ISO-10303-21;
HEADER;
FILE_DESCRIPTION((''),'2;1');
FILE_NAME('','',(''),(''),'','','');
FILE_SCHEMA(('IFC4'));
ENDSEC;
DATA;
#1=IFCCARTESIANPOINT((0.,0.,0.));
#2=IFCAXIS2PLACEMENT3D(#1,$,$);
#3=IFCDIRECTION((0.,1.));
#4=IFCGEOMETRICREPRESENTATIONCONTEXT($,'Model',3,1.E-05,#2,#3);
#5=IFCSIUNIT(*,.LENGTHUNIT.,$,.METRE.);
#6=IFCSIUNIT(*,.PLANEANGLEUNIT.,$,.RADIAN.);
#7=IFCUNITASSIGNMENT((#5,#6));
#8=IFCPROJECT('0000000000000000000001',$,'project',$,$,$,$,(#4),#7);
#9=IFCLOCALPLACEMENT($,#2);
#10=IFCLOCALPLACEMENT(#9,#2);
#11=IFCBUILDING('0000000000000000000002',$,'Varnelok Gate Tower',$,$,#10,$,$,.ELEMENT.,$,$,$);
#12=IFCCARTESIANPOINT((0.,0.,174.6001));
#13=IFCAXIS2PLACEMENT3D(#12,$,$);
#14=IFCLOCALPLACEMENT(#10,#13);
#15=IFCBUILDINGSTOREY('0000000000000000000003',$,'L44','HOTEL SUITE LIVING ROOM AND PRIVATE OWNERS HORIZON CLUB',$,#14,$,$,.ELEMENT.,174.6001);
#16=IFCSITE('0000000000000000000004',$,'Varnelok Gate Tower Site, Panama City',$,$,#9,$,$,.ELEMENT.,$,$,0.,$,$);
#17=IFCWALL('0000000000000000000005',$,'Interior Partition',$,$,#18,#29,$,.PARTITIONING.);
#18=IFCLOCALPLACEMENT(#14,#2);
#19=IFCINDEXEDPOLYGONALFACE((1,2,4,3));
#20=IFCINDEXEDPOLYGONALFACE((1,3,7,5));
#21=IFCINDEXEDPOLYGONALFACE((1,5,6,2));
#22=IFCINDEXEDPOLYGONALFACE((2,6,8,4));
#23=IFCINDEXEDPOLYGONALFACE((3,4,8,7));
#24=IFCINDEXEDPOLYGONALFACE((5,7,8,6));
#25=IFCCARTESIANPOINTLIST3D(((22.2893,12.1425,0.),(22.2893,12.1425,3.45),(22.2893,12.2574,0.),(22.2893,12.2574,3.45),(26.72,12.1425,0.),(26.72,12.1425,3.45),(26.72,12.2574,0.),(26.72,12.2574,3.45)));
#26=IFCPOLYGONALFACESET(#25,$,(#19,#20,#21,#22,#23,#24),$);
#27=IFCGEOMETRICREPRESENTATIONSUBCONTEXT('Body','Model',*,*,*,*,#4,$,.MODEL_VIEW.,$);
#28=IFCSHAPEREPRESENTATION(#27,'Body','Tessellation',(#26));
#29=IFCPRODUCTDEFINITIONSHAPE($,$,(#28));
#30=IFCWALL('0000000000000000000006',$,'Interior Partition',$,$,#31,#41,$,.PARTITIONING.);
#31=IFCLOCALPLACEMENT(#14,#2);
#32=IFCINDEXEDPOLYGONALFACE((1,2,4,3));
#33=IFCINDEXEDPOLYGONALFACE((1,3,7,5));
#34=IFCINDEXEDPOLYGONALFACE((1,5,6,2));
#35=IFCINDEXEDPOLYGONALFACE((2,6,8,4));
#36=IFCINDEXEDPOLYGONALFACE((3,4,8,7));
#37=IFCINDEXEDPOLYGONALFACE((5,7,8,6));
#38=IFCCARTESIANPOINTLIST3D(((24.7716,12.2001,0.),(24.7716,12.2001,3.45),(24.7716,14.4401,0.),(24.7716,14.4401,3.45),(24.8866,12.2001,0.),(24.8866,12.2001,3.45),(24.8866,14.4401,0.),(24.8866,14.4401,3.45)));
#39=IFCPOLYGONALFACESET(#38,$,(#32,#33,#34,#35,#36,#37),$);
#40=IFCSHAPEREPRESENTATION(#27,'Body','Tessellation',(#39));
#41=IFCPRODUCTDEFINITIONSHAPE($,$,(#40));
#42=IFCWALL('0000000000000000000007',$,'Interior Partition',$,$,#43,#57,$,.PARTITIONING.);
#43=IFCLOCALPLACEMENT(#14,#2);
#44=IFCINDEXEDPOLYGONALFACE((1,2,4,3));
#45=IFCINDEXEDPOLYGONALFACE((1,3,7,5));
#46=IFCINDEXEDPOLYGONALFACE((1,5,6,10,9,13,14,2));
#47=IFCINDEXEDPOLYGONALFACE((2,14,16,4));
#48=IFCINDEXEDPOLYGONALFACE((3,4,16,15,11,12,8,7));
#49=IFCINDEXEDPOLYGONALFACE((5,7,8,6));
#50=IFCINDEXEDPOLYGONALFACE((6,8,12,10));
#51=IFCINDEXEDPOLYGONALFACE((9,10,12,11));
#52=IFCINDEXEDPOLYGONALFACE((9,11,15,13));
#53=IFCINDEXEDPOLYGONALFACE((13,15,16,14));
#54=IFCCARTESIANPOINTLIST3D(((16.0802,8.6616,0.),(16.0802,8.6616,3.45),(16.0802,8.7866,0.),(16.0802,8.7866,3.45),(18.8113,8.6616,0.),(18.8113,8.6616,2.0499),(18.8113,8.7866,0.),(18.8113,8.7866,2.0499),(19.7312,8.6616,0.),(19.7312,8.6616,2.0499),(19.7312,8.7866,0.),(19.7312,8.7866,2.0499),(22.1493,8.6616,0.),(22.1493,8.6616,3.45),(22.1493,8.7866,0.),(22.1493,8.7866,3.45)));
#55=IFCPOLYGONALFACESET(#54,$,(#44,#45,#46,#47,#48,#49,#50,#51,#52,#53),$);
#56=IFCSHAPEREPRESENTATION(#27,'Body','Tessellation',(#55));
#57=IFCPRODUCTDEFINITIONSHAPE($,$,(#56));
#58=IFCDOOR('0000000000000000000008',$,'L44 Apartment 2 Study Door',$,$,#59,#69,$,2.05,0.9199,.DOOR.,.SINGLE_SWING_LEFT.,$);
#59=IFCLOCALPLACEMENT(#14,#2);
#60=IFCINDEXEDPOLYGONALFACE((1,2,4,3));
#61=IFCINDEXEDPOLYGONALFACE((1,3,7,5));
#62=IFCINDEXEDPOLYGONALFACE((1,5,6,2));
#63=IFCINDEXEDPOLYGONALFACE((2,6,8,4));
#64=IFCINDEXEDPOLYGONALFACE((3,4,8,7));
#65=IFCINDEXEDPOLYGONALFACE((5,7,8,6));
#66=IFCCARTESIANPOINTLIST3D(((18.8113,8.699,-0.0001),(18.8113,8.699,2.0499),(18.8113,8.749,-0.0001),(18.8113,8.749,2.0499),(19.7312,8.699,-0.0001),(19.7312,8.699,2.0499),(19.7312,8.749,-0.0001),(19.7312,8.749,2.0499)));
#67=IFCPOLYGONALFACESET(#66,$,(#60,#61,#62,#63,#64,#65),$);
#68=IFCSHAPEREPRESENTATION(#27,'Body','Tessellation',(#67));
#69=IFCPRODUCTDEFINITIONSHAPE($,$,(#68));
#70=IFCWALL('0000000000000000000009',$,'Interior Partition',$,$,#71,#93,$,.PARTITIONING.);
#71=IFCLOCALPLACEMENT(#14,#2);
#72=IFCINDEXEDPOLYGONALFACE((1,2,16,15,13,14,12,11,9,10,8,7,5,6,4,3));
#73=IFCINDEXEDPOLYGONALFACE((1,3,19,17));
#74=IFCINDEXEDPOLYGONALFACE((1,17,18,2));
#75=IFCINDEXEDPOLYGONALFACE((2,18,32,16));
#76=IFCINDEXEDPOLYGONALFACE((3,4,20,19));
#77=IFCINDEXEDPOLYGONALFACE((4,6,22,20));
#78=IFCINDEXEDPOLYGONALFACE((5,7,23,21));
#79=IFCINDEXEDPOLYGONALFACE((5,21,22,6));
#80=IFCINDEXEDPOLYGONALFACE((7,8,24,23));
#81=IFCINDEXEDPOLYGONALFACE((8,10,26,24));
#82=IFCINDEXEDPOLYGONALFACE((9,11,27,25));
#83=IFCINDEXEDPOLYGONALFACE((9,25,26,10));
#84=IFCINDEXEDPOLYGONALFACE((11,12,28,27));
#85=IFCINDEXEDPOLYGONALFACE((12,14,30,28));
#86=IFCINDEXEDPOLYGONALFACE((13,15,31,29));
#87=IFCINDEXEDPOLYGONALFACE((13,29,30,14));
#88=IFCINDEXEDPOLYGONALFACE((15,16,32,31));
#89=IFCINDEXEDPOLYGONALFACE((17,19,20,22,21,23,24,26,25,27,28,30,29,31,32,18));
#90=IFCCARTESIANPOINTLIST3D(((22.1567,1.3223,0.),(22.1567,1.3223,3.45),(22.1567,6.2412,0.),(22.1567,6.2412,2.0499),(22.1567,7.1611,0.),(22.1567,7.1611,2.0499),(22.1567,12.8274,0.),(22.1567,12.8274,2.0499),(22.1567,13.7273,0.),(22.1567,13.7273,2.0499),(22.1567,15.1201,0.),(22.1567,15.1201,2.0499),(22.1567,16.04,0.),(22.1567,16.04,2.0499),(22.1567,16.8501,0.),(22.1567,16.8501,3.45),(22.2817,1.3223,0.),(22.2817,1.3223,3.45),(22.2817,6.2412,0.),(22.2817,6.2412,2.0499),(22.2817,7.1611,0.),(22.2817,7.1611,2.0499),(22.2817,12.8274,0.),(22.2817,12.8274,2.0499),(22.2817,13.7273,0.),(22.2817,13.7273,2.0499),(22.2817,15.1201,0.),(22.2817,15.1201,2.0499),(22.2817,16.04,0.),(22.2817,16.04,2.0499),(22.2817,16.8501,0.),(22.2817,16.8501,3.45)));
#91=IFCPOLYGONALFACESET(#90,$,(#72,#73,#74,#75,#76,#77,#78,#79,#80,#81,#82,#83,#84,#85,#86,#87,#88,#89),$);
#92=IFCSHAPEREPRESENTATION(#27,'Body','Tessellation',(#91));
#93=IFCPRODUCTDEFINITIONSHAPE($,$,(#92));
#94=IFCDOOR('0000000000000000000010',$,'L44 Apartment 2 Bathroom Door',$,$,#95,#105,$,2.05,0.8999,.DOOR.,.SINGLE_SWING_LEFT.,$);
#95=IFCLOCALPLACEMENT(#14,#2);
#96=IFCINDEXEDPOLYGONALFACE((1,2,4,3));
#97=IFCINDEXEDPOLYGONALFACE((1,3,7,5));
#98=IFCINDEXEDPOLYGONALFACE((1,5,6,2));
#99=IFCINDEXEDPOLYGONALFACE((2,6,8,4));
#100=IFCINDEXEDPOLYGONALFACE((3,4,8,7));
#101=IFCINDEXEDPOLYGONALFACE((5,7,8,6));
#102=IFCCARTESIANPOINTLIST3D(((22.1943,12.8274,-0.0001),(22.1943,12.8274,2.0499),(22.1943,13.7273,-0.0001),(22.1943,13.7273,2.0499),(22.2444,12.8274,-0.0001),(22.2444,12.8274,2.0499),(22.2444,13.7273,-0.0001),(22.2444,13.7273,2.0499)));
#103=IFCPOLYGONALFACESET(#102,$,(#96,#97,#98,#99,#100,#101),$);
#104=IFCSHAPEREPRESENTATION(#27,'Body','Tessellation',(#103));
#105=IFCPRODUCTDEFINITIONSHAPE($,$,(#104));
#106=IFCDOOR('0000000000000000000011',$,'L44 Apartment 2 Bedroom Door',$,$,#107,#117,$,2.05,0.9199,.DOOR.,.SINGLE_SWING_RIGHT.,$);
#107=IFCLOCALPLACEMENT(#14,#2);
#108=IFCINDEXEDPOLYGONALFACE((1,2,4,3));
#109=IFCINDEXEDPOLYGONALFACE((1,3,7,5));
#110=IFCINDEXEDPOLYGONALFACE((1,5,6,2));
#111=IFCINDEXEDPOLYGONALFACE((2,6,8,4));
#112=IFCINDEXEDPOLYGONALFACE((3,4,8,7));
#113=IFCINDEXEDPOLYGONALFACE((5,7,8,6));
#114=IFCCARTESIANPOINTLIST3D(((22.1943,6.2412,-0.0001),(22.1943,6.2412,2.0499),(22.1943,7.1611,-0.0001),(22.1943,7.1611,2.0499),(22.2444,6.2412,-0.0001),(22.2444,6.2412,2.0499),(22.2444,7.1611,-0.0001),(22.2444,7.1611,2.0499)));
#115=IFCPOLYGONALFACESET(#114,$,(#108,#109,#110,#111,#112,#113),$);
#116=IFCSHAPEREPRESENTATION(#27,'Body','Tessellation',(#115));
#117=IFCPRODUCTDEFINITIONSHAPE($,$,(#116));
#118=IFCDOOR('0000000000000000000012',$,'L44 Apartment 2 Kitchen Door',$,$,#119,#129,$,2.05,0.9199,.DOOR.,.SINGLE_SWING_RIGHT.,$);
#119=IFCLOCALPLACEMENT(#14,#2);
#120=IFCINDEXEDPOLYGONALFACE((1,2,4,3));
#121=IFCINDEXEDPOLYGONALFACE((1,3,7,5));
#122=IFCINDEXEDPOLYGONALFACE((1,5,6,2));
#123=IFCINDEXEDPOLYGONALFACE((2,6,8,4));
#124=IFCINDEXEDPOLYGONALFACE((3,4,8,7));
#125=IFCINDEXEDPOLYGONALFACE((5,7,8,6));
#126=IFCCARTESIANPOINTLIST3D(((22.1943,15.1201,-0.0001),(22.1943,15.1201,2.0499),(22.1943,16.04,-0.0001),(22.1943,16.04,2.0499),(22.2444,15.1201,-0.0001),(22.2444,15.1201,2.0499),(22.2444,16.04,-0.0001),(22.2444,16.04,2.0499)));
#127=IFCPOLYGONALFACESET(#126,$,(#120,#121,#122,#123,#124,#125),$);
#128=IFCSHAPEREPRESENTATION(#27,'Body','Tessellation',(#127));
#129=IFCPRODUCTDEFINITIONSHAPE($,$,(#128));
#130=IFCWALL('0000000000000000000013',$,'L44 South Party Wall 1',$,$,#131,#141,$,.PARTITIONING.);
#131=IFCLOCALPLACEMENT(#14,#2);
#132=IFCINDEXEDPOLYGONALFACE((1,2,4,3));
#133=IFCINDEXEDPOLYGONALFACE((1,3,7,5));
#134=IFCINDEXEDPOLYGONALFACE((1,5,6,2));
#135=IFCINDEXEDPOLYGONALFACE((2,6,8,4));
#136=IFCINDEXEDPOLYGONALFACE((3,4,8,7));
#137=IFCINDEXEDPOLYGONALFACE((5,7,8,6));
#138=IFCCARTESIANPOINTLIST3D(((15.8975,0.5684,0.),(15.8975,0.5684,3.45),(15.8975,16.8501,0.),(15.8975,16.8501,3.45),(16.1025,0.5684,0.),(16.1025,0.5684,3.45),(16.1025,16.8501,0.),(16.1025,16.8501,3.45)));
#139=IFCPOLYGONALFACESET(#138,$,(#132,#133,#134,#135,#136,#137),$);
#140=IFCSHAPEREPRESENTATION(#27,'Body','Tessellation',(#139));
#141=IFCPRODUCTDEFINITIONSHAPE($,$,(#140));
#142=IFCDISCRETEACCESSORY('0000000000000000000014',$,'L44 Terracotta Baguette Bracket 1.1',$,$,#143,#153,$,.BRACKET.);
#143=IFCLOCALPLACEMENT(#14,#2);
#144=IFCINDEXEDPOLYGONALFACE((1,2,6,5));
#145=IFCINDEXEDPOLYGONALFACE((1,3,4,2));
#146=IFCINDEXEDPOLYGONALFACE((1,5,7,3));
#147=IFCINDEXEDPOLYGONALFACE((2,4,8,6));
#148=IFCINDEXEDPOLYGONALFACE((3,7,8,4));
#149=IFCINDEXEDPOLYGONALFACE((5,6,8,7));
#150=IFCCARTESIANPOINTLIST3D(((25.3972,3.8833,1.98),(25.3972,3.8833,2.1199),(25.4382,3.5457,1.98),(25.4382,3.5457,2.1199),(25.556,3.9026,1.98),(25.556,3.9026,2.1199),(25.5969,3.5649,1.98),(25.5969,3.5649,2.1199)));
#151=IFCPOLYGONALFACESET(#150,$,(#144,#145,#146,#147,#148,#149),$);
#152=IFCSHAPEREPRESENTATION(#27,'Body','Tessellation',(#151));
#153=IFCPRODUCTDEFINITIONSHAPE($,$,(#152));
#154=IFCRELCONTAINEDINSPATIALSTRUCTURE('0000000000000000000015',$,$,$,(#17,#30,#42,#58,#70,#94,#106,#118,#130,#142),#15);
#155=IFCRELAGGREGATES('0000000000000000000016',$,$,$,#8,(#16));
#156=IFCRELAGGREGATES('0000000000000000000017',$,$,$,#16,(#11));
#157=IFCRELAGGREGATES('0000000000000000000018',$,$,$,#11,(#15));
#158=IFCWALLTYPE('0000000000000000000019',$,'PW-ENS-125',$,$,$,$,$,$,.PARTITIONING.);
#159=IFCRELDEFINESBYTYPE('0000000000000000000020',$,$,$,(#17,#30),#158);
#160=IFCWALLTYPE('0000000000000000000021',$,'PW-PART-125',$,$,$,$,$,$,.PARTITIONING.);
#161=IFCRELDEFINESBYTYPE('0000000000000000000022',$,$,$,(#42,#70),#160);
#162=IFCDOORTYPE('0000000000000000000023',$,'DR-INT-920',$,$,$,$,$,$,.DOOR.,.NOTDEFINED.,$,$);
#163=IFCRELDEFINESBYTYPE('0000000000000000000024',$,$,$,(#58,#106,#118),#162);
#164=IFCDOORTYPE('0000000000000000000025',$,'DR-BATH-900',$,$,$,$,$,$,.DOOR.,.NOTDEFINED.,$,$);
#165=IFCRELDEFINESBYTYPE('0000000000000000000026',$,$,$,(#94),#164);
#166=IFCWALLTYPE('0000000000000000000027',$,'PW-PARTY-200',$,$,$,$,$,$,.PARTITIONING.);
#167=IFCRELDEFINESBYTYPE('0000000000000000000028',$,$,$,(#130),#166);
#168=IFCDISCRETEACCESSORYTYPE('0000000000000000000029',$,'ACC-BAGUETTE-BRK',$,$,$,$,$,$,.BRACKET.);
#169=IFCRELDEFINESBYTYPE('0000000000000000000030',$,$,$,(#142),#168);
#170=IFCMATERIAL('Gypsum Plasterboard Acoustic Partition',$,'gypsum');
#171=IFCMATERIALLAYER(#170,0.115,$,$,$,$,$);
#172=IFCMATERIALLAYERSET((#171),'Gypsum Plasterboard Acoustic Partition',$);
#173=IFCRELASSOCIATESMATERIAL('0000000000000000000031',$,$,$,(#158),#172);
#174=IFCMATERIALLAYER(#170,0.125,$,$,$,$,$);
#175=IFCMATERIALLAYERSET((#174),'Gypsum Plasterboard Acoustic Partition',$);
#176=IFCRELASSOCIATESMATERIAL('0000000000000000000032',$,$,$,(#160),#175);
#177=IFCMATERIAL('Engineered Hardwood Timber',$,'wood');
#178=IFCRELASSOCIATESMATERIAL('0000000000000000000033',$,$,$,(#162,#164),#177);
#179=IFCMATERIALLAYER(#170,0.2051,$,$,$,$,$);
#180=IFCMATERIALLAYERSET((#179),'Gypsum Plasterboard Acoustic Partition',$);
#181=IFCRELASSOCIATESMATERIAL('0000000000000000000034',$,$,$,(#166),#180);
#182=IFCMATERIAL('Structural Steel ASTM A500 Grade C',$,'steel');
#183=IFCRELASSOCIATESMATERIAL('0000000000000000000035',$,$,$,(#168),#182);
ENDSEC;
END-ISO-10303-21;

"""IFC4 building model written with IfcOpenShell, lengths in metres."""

from ifc_helpers import new_model, si_unit, direction, frame, frame_2d, origin, origin_2d, place, context, subcontext, project, spatial, rectangle, extrude, source, transform, mapped, material, layer, layer_set, type_object, element, fill, save


model = new_model("IFC4")

# Units and contexts
model_context = context("Model", 3, precision=1e-05, world=origin(), true_north=direction((0.0, 1.0)))
body_context = subcontext(model_context, "Body", "Model", "MODEL_VIEW")
ifc_project = project(units=[si_unit("LENGTHUNIT", "METRE"), si_unit("PLANEANGLEUNIT", "RADIAN")], contexts=[model_context])

# Site, building, storey
site_placement = place(None, origin())
site = spatial("IfcSite", under=ifc_project, at=site_placement, Name="Varnelok Gate Tower Site, Panama City", CompositionType="ELEMENT", RefElevation=0.0)
building_placement = place(site_placement, origin())
building = spatial("IfcBuilding", under=site, at=building_placement, Name="Varnelok Gate Tower", CompositionType="ELEMENT")
storey_placement = place(building_placement, frame((0.0, 0.0, 174.6001)))
storey = spatial("IfcBuildingStorey", under=building, at=storey_placement, Name="L44", Description="HOTEL SUITE LIVING ROOM AND PRIVATE OWNERS HORIZON CLUB", CompositionType="ELEMENT", Elevation=174.6001)

# Walls
ifc_material_1 = material(Name="Gypsum Plasterboard Acoustic Partition", Category="gypsum")
ifc_layer_1 = layer(ifc_material_1, 0.115)
ifc_layer_set_1 = layer_set([ifc_layer_1], Name="Gypsum Plasterboard Acoustic Partition")
wall_type_1 = type_object("IfcWallType", Name="PW-ENS-125", PredefinedType="PARTITIONING", material=ifc_layer_set_1)
wall_1_placement = place(storey_placement, frame((22.2893, 12.2, 0.0), z_axis=(0.0, 0.0, 1.0), x_axis=(1.0, 0.0, 0.0)))
element("IfcWall", 1, at=wall_1_placement, inside=storey, type_object=wall_type_1, Name="Interior Partition", PredefinedType="PARTITIONING", context=body_context, shape_type="SweptSolid", body=[
    extrude(rectangle(XDim=4.4307, YDim=0.115, at=frame_2d((2.2153, 0.0))), origin(), (0.0, 0.0, 1.0), 3.45),
])
wall_2_placement = place(storey_placement, frame((24.8291, 12.2, 0.0), z_axis=(0.0, 0.0, 1.0), x_axis=(0.0, 1.0, 0.0)))
element("IfcWall", 2, at=wall_2_placement, inside=storey, type_object=wall_type_1, Name="Interior Partition", PredefinedType="PARTITIONING", context=body_context, shape_type="SweptSolid", body=[
    extrude(rectangle(XDim=2.24, YDim=0.115, at=frame_2d((1.1201, 0.0))), origin(), (0.0, 0.0, 1.0), 3.45),
])

# Wall, opening, door
ifc_layer_2 = layer(ifc_material_1, 0.125)
ifc_layer_set_2 = layer_set([ifc_layer_2], Name="Gypsum Plasterboard Acoustic Partition")
wall_type_2 = type_object("IfcWallType", Name="PW-PART-125", PredefinedType="PARTITIONING", material=ifc_layer_set_2)
wall_3_placement = place(storey_placement, frame((16.0801, 8.7241, 0.0), z_axis=(0.0, 0.0, 1.0), x_axis=(1.0, 0.0, 0.0)))
wall_3 = element("IfcWall", 3, at=wall_3_placement, inside=storey, type_object=wall_type_2, Name="Interior Partition", PredefinedType="PARTITIONING", context=body_context, shape_type="SweptSolid", body=[
    extrude(rectangle(XDim=6.0691, YDim=0.125, at=frame_2d((3.0347, 0.0))), origin(), (0.0, 0.0, 1.0), 3.45),
])
opening_1_placement = place(wall_3_placement, frame((2.7312, 0.0, 0.0)))
opening_1 = element("IfcOpeningElement", 4, at=opening_1_placement, cuts=wall_3, PredefinedType="OPENING", context=body_context, shape_type="SweptSolid", body=[
    extrude(rectangle(XDim=0.9199, YDim=2.05, at=frame_2d((0.46, 1.0249))), frame((0.0, 0.0725, 0.0), z_axis=(0.0, -1.0, 0.0), x_axis=(1.0, 0.0, 0.0)), (0.0, 0.0, 1.0), 0.145),
])
ifc_material_2 = material(Name="Engineered Hardwood Timber", Category="wood")
door_type_1 = type_object("IfcDoorType", Name="DR-INT-920", OperationType="NOTDEFINED", PredefinedType="DOOR", material=ifc_material_2)
door_1_placement = place(opening_1_placement, origin())
door_1 = element("IfcDoor", 5, at=door_1_placement, inside=storey, type_object=door_type_1, Name="L44 Apartment 2 Study Door", OperationType="SINGLE_SWING_LEFT", OverallHeight=2.05, OverallWidth=0.9199, PredefinedType="DOOR", context=body_context, shape_type="SweptSolid", body=[
    extrude(rectangle(XDim=0.9199, YDim=2.05, at=frame_2d((0.46, 1.0249))), frame((0.0, 0.0249, 0.0), z_axis=(0.0, -1.0, 0.0), x_axis=(1.0, 0.0, 0.0)), (0.0, 0.0, 1.0), 0.05),
])
fill(opening_1, door_1)

# Wall, openings, doors
wall_4_placement = place(storey_placement, frame((22.2192, 1.3223, 0.0), z_axis=(0.0, 0.0, 1.0), x_axis=(0.0, 1.0, 0.0)))
wall_4 = element("IfcWall", 6, at=wall_4_placement, inside=storey, type_object=wall_type_2, Name="Interior Partition", PredefinedType="PARTITIONING", context=body_context, shape_type="SweptSolid", body=[
    extrude(rectangle(XDim=15.5278, YDim=0.125, at=frame_2d((7.7639, 0.0))), origin(), (0.0, 0.0, 1.0), 3.45),
])
opening_2_placement = place(wall_4_placement, frame((4.9189, 0.0, 0.0)))
opening_2 = element("IfcOpeningElement", 7, at=opening_2_placement, cuts=wall_4, PredefinedType="OPENING", context=body_context, shape_type="SweptSolid", body=[
    extrude(rectangle(XDim=0.9199, YDim=2.05, at=frame_2d((0.46, 1.0249))), frame((0.0, 0.0725, 0.0), z_axis=(0.0, -1.0, 0.0), x_axis=(1.0, 0.0, 0.0)), (0.0, 0.0, 1.0), 0.145),
])
opening_3_placement = place(wall_4_placement, frame((11.5051, 0.0, 0.0)))
opening_3 = element("IfcOpeningElement", 8, at=opening_3_placement, cuts=wall_4, PredefinedType="OPENING", context=body_context, shape_type="SweptSolid", body=[
    extrude(rectangle(XDim=0.8999, YDim=2.05, at=frame_2d((0.45, 1.0249))), frame((0.0, 0.0725, 0.0), z_axis=(0.0, -1.0, 0.0), x_axis=(1.0, 0.0, 0.0)), (0.0, 0.0, 1.0), 0.145),
])
opening_4_placement = place(wall_4_placement, frame((13.7979, 0.0, 0.0)))
opening_4 = element("IfcOpeningElement", 9, at=opening_4_placement, cuts=wall_4, PredefinedType="OPENING", context=body_context, shape_type="SweptSolid", body=[
    extrude(rectangle(XDim=0.9199, YDim=2.05, at=frame_2d((0.46, 1.0249))), frame((0.0, 0.0725, 0.0), z_axis=(0.0, -1.0, 0.0), x_axis=(1.0, 0.0, 0.0)), (0.0, 0.0, 1.0), 0.145),
])
door_type_2 = type_object("IfcDoorType", Name="DR-BATH-900", OperationType="NOTDEFINED", PredefinedType="DOOR", material=ifc_material_2)
door_2_placement = place(opening_3_placement, origin())
door_2 = element("IfcDoor", 10, at=door_2_placement, inside=storey, type_object=door_type_2, Name="L44 Apartment 2 Bathroom Door", OperationType="SINGLE_SWING_LEFT", OverallHeight=2.05, OverallWidth=0.8999, PredefinedType="DOOR", context=body_context, shape_type="SweptSolid", body=[
    extrude(rectangle(XDim=0.8999, YDim=2.05, at=frame_2d((0.45, 1.0249))), frame((0.0, 0.0249, 0.0), z_axis=(0.0, -1.0, 0.0), x_axis=(1.0, 0.0, 0.0)), (0.0, 0.0, 1.0), 0.05),
])
fill(opening_3, door_2)
door_3_placement = place(opening_2_placement, origin())
door_3 = element("IfcDoor", 11, at=door_3_placement, inside=storey, type_object=door_type_1, Name="L44 Apartment 2 Bedroom Door", OperationType="SINGLE_SWING_RIGHT", OverallHeight=2.05, OverallWidth=0.9199, PredefinedType="DOOR", context=body_context, shape_type="SweptSolid", body=[
    extrude(rectangle(XDim=0.9199, YDim=2.05, at=frame_2d((0.46, 1.0249))), frame((0.0, 0.0249, 0.0), z_axis=(0.0, -1.0, 0.0), x_axis=(1.0, 0.0, 0.0)), (0.0, 0.0, 1.0), 0.05),
])
fill(opening_2, door_3)
door_4_placement = place(opening_4_placement, origin())
door_4 = element("IfcDoor", 12, at=door_4_placement, inside=storey, type_object=door_type_1, Name="L44 Apartment 2 Kitchen Door", OperationType="SINGLE_SWING_RIGHT", OverallHeight=2.05, OverallWidth=0.9199, PredefinedType="DOOR", context=body_context, shape_type="SweptSolid", body=[
    extrude(rectangle(XDim=0.9199, YDim=2.05, at=frame_2d((0.46, 1.0249))), frame((0.0, 0.0249, 0.0), z_axis=(0.0, -1.0, 0.0), x_axis=(1.0, 0.0, 0.0)), (0.0, 0.0, 1.0), 0.05),
])
fill(opening_4, door_4)

# Wall
ifc_layer_3 = layer(ifc_material_1, 0.2051)
ifc_layer_set_3 = layer_set([ifc_layer_3], Name="Gypsum Plasterboard Acoustic Partition")
wall_type_3 = type_object("IfcWallType", Name="PW-PARTY-200", PredefinedType="PARTITIONING", material=ifc_layer_set_3)
wall_5_placement = place(storey_placement, frame((16.0, 0.5684, 0.0), z_axis=(0.0, 0.0, 1.0), x_axis=(0.0, 1.0, 0.0)))
element("IfcWall", 13, at=wall_5_placement, inside=storey, type_object=wall_type_3, Name="L44 South Party Wall 1", PredefinedType="PARTITIONING", context=body_context, shape_type="SweptSolid", body=[
    extrude(rectangle(XDim=16.2817, YDim=0.2051, at=frame_2d((8.1409, 0.0))), origin(), (0.0, 0.0, 1.0), 3.45),
])

# Discrete accessory
ifc_material_3 = material(Name="Structural Steel ASTM A500 Grade C", Category="steel")
discrete_accessory_type = type_object("IfcDiscreteAccessoryType", Name="ACC-BAGUETTE-BRK", PredefinedType="BRACKET", material=ifc_material_3)
shared_shape = source(origin(), body_context, "Body", "SweptSolid", [
    extrude(rectangle(XDim=0.1599, YDim=0.3401, at=origin_2d()), origin(), (0.0, 0.0, 1.0), 0.1399),
])
discrete_accessory_placement = place(storey_placement, frame((25.4971, 3.7241, 1.98), z_axis=(0.0, 0.0, 1.0), x_axis=(0.992732, 0.120345, 0.0)))
element("IfcDiscreteAccessory", 14, at=discrete_accessory_placement, inside=storey, type_object=discrete_accessory_type, Name="L44 Terracotta Baguette Bracket 1.1", PredefinedType="BRACKET", context=body_context, shape_type="MappedRepresentation", body=[
    mapped(shared_shape, transform((0.0, 0.0, 0.0), scale=1.0)),
])

save(model, "model.ifc")
